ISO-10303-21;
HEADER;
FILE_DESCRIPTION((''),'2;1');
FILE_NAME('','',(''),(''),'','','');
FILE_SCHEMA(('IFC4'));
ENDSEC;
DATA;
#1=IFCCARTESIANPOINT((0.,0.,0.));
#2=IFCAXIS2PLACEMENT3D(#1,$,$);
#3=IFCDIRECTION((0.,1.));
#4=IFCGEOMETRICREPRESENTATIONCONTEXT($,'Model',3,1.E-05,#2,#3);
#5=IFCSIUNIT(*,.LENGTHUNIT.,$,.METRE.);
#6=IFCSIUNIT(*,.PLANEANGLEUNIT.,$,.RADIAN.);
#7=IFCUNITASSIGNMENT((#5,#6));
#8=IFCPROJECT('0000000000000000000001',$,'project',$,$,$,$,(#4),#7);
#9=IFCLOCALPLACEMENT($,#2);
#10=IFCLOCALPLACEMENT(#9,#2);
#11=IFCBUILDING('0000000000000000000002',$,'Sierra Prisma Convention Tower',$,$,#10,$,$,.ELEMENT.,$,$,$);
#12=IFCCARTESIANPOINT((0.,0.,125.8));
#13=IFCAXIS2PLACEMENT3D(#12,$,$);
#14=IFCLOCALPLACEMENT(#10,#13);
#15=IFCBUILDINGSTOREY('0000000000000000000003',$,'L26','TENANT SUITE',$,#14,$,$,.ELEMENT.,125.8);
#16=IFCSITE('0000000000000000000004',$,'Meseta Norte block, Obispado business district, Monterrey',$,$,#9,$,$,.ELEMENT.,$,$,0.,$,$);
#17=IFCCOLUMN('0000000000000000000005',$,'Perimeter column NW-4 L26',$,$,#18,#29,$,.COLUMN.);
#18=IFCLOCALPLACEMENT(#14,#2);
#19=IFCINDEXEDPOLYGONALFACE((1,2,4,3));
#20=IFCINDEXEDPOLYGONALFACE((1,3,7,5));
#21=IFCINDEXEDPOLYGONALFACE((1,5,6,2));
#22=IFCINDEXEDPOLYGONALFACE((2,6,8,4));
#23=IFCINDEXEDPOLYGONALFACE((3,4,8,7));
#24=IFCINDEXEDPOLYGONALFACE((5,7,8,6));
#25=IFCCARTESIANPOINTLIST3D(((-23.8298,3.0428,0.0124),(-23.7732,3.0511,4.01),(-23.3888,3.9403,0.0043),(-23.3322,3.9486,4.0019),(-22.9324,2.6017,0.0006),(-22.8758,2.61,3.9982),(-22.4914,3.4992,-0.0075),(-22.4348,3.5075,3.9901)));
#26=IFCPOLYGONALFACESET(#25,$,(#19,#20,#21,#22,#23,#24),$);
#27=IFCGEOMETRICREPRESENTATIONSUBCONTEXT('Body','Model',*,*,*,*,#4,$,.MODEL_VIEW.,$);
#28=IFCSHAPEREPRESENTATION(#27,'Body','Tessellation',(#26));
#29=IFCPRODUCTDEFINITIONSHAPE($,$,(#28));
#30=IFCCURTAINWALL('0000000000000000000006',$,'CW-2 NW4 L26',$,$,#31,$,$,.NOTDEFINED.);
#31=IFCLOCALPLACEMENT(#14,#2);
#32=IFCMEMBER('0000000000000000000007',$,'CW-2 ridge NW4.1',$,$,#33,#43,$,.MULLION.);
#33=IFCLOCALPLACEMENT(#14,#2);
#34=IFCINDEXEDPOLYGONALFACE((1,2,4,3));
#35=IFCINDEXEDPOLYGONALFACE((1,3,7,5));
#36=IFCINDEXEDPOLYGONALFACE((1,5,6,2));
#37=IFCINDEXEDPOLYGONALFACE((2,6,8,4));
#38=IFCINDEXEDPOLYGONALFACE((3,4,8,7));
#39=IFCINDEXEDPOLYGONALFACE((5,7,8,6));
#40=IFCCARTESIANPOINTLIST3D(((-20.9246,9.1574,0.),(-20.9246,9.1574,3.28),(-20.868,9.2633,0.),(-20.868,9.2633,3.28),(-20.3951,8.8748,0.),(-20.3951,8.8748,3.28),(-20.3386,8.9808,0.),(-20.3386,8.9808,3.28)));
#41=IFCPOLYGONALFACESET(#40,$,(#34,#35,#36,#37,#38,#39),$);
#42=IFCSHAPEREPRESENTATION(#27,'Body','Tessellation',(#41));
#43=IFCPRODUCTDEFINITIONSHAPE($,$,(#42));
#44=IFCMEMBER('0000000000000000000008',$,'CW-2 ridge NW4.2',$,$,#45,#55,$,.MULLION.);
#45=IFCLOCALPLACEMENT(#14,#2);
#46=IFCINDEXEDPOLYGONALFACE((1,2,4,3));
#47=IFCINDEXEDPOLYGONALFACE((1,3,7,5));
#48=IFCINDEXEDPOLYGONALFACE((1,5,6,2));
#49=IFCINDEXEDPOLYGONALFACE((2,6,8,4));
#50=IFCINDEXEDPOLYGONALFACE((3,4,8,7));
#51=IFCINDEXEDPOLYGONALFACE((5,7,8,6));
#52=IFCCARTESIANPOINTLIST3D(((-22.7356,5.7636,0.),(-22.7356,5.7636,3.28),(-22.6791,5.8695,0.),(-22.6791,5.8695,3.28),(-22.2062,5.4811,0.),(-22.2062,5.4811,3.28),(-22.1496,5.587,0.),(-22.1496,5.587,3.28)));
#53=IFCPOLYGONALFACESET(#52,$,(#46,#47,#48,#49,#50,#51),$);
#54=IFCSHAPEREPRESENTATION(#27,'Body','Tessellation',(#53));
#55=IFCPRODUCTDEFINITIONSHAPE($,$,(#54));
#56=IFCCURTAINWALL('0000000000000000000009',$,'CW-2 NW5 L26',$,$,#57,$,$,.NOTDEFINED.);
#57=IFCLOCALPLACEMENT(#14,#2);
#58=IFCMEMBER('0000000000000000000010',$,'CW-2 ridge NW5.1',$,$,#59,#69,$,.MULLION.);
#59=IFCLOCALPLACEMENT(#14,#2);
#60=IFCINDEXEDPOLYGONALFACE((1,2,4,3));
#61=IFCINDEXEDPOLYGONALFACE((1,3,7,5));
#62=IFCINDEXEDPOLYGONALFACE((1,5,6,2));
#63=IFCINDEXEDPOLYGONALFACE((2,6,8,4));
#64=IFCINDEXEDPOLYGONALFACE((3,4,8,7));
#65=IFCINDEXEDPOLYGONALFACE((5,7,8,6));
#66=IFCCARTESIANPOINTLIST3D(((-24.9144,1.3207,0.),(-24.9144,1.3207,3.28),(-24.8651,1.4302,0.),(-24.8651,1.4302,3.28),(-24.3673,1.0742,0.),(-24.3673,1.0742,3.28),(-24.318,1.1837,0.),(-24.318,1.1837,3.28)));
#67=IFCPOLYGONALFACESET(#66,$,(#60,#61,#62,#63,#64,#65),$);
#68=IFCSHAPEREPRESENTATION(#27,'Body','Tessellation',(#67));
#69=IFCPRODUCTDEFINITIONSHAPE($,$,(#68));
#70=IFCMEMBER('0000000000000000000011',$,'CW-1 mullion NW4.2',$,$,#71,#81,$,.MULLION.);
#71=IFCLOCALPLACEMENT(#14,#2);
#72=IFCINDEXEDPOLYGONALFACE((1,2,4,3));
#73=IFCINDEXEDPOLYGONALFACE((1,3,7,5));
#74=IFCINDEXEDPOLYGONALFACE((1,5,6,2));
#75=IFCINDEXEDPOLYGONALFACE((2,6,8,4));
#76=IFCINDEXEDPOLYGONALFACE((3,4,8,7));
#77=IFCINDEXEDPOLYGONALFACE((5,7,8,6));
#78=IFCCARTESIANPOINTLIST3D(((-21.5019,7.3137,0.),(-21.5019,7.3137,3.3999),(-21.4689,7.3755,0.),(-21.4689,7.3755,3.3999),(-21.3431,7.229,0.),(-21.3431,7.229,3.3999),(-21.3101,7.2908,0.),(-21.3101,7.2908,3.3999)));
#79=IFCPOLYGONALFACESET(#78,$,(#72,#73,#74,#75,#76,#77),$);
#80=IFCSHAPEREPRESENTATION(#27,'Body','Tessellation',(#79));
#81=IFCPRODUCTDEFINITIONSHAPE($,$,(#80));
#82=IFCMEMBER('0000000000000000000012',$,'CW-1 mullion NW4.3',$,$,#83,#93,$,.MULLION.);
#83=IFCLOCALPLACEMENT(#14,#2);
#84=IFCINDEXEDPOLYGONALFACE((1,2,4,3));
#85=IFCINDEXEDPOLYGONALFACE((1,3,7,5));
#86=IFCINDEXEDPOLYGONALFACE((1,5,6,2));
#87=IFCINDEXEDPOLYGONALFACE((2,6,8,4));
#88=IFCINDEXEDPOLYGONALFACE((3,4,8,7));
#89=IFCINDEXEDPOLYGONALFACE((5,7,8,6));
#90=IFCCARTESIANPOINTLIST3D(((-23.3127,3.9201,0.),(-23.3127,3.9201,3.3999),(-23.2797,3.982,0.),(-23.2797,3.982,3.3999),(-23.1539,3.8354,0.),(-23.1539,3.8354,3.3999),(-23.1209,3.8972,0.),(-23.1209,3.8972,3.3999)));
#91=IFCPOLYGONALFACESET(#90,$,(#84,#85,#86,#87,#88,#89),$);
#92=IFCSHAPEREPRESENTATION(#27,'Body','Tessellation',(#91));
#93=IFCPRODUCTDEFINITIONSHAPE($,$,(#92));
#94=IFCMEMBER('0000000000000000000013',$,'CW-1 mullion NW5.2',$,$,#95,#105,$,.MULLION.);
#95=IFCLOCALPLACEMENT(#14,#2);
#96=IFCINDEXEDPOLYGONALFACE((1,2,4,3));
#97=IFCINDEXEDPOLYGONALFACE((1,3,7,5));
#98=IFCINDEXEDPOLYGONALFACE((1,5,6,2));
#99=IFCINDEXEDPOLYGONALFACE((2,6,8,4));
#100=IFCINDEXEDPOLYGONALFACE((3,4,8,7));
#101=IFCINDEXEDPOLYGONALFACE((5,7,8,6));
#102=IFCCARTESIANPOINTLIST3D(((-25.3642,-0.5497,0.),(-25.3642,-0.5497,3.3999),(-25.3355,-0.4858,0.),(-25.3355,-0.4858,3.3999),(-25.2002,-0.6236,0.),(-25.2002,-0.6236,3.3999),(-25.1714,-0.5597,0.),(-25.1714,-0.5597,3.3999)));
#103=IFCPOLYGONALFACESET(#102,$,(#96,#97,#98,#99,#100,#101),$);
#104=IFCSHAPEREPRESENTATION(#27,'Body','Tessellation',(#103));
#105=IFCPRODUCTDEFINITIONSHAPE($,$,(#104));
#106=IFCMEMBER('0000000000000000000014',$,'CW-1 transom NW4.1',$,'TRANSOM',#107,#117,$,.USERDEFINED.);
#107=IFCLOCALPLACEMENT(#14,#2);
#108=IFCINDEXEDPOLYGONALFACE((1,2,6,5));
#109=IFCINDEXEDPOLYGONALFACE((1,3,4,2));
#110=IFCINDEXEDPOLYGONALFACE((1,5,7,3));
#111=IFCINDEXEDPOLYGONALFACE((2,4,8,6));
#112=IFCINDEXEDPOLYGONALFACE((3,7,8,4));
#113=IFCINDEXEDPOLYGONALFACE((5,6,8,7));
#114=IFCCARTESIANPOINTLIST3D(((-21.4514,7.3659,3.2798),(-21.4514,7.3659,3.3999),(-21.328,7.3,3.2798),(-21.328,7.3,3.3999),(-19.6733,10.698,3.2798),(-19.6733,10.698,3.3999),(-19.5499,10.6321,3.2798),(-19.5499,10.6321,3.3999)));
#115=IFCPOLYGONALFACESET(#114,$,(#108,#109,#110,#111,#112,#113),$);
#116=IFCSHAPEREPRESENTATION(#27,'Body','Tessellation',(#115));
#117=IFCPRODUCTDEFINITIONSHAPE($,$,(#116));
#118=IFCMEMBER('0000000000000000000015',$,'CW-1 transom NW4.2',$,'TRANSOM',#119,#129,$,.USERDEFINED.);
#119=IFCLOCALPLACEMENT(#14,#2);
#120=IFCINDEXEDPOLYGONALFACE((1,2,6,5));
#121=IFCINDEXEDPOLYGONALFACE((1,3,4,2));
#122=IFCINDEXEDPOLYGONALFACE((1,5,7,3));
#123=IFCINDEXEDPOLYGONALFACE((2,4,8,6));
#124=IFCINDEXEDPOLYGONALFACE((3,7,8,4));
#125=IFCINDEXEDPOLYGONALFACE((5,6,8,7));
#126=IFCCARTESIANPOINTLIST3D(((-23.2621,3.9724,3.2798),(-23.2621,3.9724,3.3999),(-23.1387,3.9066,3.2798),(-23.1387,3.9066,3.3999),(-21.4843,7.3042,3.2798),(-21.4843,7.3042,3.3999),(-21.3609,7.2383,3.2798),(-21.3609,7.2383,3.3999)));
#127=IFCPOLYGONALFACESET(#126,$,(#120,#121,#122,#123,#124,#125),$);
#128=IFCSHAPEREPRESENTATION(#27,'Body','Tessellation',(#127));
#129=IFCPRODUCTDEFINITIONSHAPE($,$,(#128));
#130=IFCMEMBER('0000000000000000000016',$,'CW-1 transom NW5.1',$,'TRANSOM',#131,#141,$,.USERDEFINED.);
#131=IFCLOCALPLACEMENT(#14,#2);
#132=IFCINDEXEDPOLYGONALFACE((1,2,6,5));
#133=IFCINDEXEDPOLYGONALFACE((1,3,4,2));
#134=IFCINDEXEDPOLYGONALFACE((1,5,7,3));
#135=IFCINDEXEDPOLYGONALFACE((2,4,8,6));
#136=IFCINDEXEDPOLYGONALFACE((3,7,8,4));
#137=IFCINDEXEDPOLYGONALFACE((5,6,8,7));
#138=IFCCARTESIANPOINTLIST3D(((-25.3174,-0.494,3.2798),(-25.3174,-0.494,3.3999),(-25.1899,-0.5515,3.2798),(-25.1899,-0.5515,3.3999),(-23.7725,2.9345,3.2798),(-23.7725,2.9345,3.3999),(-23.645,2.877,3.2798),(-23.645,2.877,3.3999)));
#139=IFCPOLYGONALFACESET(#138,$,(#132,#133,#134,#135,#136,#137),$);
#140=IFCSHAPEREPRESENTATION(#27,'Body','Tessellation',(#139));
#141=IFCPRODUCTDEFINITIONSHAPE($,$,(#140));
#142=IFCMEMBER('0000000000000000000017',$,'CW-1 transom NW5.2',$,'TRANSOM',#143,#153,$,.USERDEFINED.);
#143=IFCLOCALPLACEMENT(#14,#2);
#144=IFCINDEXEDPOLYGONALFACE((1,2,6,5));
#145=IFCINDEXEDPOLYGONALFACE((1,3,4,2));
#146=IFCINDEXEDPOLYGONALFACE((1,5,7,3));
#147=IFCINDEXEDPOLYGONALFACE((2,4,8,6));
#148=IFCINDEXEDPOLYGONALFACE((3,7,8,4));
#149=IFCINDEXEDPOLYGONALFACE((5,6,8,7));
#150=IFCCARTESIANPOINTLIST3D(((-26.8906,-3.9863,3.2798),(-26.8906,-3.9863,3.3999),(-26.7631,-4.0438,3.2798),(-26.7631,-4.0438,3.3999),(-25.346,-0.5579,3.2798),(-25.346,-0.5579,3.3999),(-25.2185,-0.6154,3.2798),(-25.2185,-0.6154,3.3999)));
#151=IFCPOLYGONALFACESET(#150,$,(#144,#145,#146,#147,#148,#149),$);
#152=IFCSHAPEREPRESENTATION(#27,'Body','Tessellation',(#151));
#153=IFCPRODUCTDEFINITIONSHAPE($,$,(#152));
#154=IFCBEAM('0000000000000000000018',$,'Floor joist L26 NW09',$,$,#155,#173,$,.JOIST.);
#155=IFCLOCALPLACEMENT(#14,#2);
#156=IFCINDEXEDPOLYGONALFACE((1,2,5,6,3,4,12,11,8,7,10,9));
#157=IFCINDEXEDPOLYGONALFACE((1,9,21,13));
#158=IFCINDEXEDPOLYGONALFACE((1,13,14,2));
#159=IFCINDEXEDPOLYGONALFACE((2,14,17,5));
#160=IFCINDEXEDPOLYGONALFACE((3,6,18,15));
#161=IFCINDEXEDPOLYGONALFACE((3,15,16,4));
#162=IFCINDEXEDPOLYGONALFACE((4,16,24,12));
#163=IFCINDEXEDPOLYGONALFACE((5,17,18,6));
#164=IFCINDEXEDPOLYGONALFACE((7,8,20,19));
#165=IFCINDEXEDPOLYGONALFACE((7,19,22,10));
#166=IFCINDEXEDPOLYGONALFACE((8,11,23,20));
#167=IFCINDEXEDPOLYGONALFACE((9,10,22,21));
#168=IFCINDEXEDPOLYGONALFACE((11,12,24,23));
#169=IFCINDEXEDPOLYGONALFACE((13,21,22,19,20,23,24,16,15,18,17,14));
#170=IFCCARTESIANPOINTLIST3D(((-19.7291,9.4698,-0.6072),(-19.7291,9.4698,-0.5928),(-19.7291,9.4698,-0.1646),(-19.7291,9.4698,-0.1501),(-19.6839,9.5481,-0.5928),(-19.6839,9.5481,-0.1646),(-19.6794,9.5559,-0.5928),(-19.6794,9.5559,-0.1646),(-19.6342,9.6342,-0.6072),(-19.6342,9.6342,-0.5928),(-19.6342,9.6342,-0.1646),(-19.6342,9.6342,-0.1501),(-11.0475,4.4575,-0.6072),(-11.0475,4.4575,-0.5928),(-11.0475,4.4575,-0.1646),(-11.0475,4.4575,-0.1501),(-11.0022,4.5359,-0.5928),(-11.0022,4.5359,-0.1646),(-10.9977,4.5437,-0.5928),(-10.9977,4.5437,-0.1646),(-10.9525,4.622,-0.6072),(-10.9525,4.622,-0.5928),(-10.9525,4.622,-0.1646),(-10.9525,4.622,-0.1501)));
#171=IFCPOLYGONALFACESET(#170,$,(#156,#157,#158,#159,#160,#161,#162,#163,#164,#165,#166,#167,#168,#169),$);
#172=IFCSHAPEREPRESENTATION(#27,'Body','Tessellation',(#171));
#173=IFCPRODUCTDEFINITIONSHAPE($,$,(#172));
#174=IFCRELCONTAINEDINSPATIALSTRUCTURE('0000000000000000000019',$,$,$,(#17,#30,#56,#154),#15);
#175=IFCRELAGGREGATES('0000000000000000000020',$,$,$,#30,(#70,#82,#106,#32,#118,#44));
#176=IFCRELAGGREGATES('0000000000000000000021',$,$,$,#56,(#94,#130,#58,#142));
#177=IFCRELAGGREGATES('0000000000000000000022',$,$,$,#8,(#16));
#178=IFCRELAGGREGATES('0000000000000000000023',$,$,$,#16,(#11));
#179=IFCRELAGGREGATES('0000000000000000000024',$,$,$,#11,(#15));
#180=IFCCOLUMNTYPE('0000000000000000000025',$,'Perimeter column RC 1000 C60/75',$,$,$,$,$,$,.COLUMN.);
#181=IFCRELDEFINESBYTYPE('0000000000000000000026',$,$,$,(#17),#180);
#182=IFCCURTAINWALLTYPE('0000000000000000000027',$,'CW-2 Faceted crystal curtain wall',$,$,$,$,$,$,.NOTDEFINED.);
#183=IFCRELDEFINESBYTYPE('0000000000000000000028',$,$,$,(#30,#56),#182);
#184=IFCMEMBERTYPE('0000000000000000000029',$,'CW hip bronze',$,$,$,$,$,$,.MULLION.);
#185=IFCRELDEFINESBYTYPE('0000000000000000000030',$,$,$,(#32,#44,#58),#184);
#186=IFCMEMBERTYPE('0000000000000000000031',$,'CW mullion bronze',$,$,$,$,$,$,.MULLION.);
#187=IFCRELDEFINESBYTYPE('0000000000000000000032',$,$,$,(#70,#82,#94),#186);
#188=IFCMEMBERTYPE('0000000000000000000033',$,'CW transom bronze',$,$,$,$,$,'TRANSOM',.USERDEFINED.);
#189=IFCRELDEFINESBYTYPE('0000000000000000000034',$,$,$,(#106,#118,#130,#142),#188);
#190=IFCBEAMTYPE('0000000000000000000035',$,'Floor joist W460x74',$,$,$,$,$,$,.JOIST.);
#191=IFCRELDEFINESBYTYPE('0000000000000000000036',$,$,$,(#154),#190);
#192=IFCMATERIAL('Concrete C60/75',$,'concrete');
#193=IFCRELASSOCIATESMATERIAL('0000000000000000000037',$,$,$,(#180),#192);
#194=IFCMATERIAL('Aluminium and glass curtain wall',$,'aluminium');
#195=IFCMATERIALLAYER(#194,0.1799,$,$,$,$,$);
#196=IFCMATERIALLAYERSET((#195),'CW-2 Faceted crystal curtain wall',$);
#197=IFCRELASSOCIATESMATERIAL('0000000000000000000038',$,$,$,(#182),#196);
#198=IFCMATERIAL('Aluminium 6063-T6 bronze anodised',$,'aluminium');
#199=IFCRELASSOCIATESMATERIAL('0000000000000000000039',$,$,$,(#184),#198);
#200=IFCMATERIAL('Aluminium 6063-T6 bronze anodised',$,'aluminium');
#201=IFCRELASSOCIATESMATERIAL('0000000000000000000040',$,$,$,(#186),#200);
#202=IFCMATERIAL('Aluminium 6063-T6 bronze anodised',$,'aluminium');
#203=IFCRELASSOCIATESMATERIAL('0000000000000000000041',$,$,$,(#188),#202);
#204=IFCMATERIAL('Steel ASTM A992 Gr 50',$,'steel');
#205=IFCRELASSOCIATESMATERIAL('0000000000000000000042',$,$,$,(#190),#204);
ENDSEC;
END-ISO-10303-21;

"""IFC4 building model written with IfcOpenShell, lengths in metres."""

from ifc_helpers import new_model, si_unit, direction, frame, origin, origin_2d, place, context, subcontext, project, spatial, rectangle, i_section, extrude, clip, halfspace, material, layer, layer_set, material_profile, profile_set, type_object, element, aggregate, save


model = new_model("IFC4")

# Units and contexts
model_context = context("Model", 3, precision=1e-05, world=origin(), true_north=direction((0.0, 1.0)))
body_context = subcontext(model_context, "Body", "Model", "MODEL_VIEW")
ifc_project = project(units=[si_unit("LENGTHUNIT", "METRE"), si_unit("PLANEANGLEUNIT", "RADIAN")], contexts=[model_context])

# Site, building, storey
site_placement = place(None, origin())
site = spatial("IfcSite", under=ifc_project, at=site_placement, Name="Meseta Norte block, Obispado business district, Monterrey", CompositionType="ELEMENT", RefElevation=0.0)
building_placement = place(site_placement, origin())
building = spatial("IfcBuilding", under=site, at=building_placement, Name="Sierra Prisma Convention Tower", CompositionType="ELEMENT")
storey_placement = place(building_placement, frame((0.0, 0.0, 125.8)))
storey = spatial("IfcBuildingStorey", under=building, at=storey_placement, Name="L26", Description="TENANT SUITE", CompositionType="ELEMENT", Elevation=125.8)

# Column
ifc_material_1 = material(Name="Concrete C60/75", Category="concrete")
ifc_material_profile_1 = material_profile(ifc_material_1, rectangle(XDim=1.0, YDim=1.0, at=origin_2d()), Name="Perimeter column RC 1000 C60/75")
ifc_profile_set_1 = profile_set([ifc_material_profile_1], Name="Concrete C60/75")
column_type = type_object("IfcColumnType", Name="Perimeter column RC 1000 C60/75", PredefinedType="COLUMN", material=ifc_profile_set_1)
column_placement = place(storey_placement, frame((-23.1606, 3.271, 0.0), z_axis=(0.014159, 0.002075, 0.999898), x_axis=(0.440982, 0.897479, -0.008107)))
element("IfcColumn", 1, at=column_placement, inside=storey, type_object=column_type, Name="Perimeter column NW-4 L26", PredefinedType="COLUMN", context=body_context, shape_type="SweptSolid", body=[
    clip(extrude(rectangle(XDim=1.0, YDim=1.0, at=origin_2d()), origin(), (0.0, 0.0, 1.0), 4.0005), halfspace(frame((0.0, 0.0, 0.0024)), True)),
])

# Curtain wall, members
ifc_material_2 = material(Name="Aluminium and glass curtain wall", Category="aluminium")
ifc_layer_1 = layer(ifc_material_2, 0.1799)
ifc_layer_set_1 = layer_set([ifc_layer_1], Name="CW-2 Faceted crystal curtain wall")
curtain_wall_type = type_object("IfcCurtainWallType", Name="CW-2 Faceted crystal curtain wall", PredefinedType="NOTDEFINED", material=ifc_layer_set_1)
curtain_wall_1_placement = place(storey_placement, origin())
curtain_wall_1 = element("IfcCurtainWall", 2, at=curtain_wall_1_placement, inside=storey, type_object=curtain_wall_type, Name="CW-2 NW4 L26", PredefinedType="NOTDEFINED")
ifc_material_3 = material(Name="Aluminium 6063-T6 bronze anodised", Category="aluminium")
ifc_material_profile_2 = material_profile(ifc_material_3, rectangle(XDim=0.1201, YDim=0.6001, at=origin_2d()), Name="ALU RIDGE BLADE 120x600")
ifc_profile_set_2 = profile_set([ifc_material_profile_2], Name="Aluminium 6063-T6 bronze anodised")
member_type_1 = type_object("IfcMemberType", Name="CW hip bronze", PredefinedType="MULLION", material=ifc_profile_set_2)
member_1_placement = place(storey_placement, frame((-20.6316, 9.0691, 0.0), z_axis=(0.0, 0.0, 1.0), x_axis=(-0.470776, -0.882253, 0.0)))
member_1 = element("IfcMember", 3, at=member_1_placement, type_object=member_type_1, Name="CW-2 ridge NW4.1", PredefinedType="MULLION", context=body_context, shape_type="SweptSolid", body=[
    extrude(rectangle(XDim=0.1201, YDim=0.6001, at=origin_2d()), origin(), (0.0, 0.0, 1.0), 3.28),
])
member_2_placement = place(storey_placement, frame((-22.4426, 5.6753, 0.0), z_axis=(0.0, 0.0, 1.0), x_axis=(-0.470776, -0.882253, 0.0)))
member_2 = element("IfcMember", 4, at=member_2_placement, type_object=member_type_1, Name="CW-2 ridge NW4.2", PredefinedType="MULLION", context=body_context, shape_type="SweptSolid", body=[
    extrude(rectangle(XDim=0.1201, YDim=0.6001, at=origin_2d()), origin(), (0.0, 0.0, 1.0), 3.28),
])

# Curtain wall, member
curtain_wall_2_placement = place(storey_placement, origin())
curtain_wall_2 = element("IfcCurtainWall", 5, at=curtain_wall_2_placement, inside=storey, type_object=curtain_wall_type, Name="CW-2 NW5 L26", PredefinedType="NOTDEFINED")
member_3_placement = place(storey_placement, frame((-24.6162, 1.2522, 0.0), z_axis=(0.0, 0.0, 1.0), x_axis=(-0.410783, -0.911733, 0.0)))
member_3 = element("IfcMember", 6, at=member_3_placement, type_object=member_type_1, Name="CW-2 ridge NW5.1", PredefinedType="MULLION", context=body_context, shape_type="SweptSolid", body=[
    extrude(rectangle(XDim=0.1201, YDim=0.6001, at=origin_2d()), origin(), (0.0, 0.0, 1.0), 3.28),
])

# Members
ifc_material_4 = material(Name="Aluminium 6063-T6 bronze anodised", Category="aluminium")
ifc_material_profile_3 = material_profile(ifc_material_4, rectangle(XDim=0.1799, YDim=0.0701, at=origin_2d()), Name="ALU MULLION 70x180")
ifc_profile_set_3 = profile_set([ifc_material_profile_3], Name="Aluminium 6063-T6 bronze anodised")
member_type_2 = type_object("IfcMemberType", Name="CW mullion bronze", PredefinedType="MULLION", material=ifc_profile_set_3)
member_4_placement = place(storey_placement, frame((-21.406, 7.3022, 0.0), z_axis=(0.0, 0.0, 1.0), x_axis=(0.882253, -0.470776, 0.0)))
member_4 = element("IfcMember", 7, at=member_4_placement, type_object=member_type_2, Name="CW-1 mullion NW4.2", PredefinedType="MULLION", context=body_context, shape_type="SweptSolid", body=[
    extrude(rectangle(XDim=0.1799, YDim=0.0701, at=origin_2d()), origin(), (0.0, 0.0, 1.0), 3.3999),
])
member_5_placement = place(storey_placement, frame((-23.2168, 3.9087, 0.0), z_axis=(0.0, 0.0, 1.0), x_axis=(0.882253, -0.470776, 0.0)))
member_5 = element("IfcMember", 8, at=member_5_placement, type_object=member_type_2, Name="CW-1 mullion NW4.3", PredefinedType="MULLION", context=body_context, shape_type="SweptSolid", body=[
    extrude(rectangle(XDim=0.1799, YDim=0.0701, at=origin_2d()), origin(), (0.0, 0.0, 1.0), 3.3999),
])
member_6_placement = place(storey_placement, frame((-25.2678, -0.5547, 0.0), z_axis=(0.0, 0.0, 1.0), x_axis=(0.911733, -0.410783, 0.0)))
member_6 = element("IfcMember", 9, at=member_6_placement, type_object=member_type_2, Name="CW-1 mullion NW5.2", PredefinedType="MULLION", context=body_context, shape_type="SweptSolid", body=[
    extrude(rectangle(XDim=0.1799, YDim=0.0701, at=origin_2d()), origin(), (0.0, 0.0, 1.0), 3.3999),
])
ifc_material_5 = material(Name="Aluminium 6063-T6 bronze anodised", Category="aluminium")
ifc_material_profile_4 = material_profile(ifc_material_5, rectangle(XDim=0.1399, YDim=0.1201, at=origin_2d()), Name="ALU TRANSOM 120x140")
ifc_profile_set_4 = profile_set([ifc_material_profile_4], Name="Aluminium 6063-T6 bronze anodised")
member_type_3 = type_object("IfcMemberType", Name="CW transom bronze", ElementType="TRANSOM", PredefinedType="USERDEFINED", material=ifc_profile_set_4)
member_7_placement = place(storey_placement, frame((-19.6116, 10.665, 3.3398), z_axis=(-0.470793, -0.882244, 0.0), x_axis=(0.882244, -0.470793, 0.0)))
member_7 = element("IfcMember", 10, at=member_7_placement, type_object=member_type_3, Name="CW-1 transom NW4.1", ObjectType="TRANSOM", PredefinedType="USERDEFINED", context=body_context, shape_type="SweptSolid", body=[
    extrude(rectangle(XDim=0.1399, YDim=0.1201, at=origin_2d()), origin(), (0.0, 0.0, 1.0), 3.7769),
])
member_8_placement = place(storey_placement, frame((-21.4226, 7.2712, 3.3398), z_axis=(-0.470769, -0.882256, 0.0), x_axis=(0.882256, -0.470769, 0.0)))
member_8 = element("IfcMember", 11, at=member_8_placement, type_object=member_type_3, Name="CW-1 transom NW4.2", ObjectType="TRANSOM", PredefinedType="USERDEFINED", context=body_context, shape_type="SweptSolid", body=[
    extrude(rectangle(XDim=0.1399, YDim=0.1201, at=origin_2d()), origin(), (0.0, 0.0, 1.0), 3.7764),
])
member_9_placement = place(storey_placement, frame((-23.7087, 2.9058, 3.3398), z_axis=(-0.410832, -0.911711, 0.0), x_axis=(0.911711, -0.410832, 0.0)))
member_9 = element("IfcMember", 12, at=member_9_placement, type_object=member_type_3, Name="CW-1 transom NW5.1", ObjectType="TRANSOM", PredefinedType="USERDEFINED", context=body_context, shape_type="SweptSolid", body=[
    extrude(rectangle(XDim=0.1399, YDim=0.1201, at=origin_2d()), origin(), (0.0, 0.0, 1.0), 3.7605),
])
member_10_placement = place(storey_placement, frame((-25.2822, -0.5867, 3.3398), z_axis=(-0.410778, -0.911736, 0.0), x_axis=(0.911736, -0.410778, 0.0)))
member_10 = element("IfcMember", 13, at=member_10_placement, type_object=member_type_3, Name="CW-1 transom NW5.2", ObjectType="TRANSOM", PredefinedType="USERDEFINED", context=body_context, shape_type="SweptSolid", body=[
    extrude(rectangle(XDim=0.1399, YDim=0.1201, at=origin_2d()), origin(), (0.0, 0.0, 1.0), 3.7603),
])

# Beam
ifc_material_6 = material(Name="Steel ASTM A992 Gr 50", Category="steel")
ifc_material_profile_5 = material_profile(ifc_material_6, i_section(OverallWidth=0.1899, OverallDepth=0.457, WebThickness=0.009, FlangeThickness=0.0144, at=origin_2d()), Name="W460x74")
ifc_profile_set_5 = profile_set([ifc_material_profile_5], Name="Steel ASTM A992 Gr 50")
beam_type_1 = type_object("IfcBeamType", Name="Floor joist W460x74", PredefinedType="JOIST", material=ifc_profile_set_5)
beam_1_placement = place(storey_placement, frame((-19.6816, 9.552, -0.3787), z_axis=(0.866031, -0.499989, 0.0), x_axis=(0.499989, 0.866031, 0.0)))
element("IfcBeam", 14, at=beam_1_placement, inside=storey, type_object=beam_type_1, Name="Floor joist L26 NW09", PredefinedType="JOIST", context=body_context, shape_type="SweptSolid", body=[
    extrude(i_section(OverallWidth=0.1899, OverallDepth=0.457, WebThickness=0.009, FlangeThickness=0.0144, at=origin_2d()), origin(), (0.0, 0.0, 1.0), 10.0247),
])

aggregate(curtain_wall_1, [member_4, member_5, member_7, member_1, member_8, member_2])
aggregate(curtain_wall_2, [member_6, member_9, member_3, member_10])

save(model, "model.ifc")
